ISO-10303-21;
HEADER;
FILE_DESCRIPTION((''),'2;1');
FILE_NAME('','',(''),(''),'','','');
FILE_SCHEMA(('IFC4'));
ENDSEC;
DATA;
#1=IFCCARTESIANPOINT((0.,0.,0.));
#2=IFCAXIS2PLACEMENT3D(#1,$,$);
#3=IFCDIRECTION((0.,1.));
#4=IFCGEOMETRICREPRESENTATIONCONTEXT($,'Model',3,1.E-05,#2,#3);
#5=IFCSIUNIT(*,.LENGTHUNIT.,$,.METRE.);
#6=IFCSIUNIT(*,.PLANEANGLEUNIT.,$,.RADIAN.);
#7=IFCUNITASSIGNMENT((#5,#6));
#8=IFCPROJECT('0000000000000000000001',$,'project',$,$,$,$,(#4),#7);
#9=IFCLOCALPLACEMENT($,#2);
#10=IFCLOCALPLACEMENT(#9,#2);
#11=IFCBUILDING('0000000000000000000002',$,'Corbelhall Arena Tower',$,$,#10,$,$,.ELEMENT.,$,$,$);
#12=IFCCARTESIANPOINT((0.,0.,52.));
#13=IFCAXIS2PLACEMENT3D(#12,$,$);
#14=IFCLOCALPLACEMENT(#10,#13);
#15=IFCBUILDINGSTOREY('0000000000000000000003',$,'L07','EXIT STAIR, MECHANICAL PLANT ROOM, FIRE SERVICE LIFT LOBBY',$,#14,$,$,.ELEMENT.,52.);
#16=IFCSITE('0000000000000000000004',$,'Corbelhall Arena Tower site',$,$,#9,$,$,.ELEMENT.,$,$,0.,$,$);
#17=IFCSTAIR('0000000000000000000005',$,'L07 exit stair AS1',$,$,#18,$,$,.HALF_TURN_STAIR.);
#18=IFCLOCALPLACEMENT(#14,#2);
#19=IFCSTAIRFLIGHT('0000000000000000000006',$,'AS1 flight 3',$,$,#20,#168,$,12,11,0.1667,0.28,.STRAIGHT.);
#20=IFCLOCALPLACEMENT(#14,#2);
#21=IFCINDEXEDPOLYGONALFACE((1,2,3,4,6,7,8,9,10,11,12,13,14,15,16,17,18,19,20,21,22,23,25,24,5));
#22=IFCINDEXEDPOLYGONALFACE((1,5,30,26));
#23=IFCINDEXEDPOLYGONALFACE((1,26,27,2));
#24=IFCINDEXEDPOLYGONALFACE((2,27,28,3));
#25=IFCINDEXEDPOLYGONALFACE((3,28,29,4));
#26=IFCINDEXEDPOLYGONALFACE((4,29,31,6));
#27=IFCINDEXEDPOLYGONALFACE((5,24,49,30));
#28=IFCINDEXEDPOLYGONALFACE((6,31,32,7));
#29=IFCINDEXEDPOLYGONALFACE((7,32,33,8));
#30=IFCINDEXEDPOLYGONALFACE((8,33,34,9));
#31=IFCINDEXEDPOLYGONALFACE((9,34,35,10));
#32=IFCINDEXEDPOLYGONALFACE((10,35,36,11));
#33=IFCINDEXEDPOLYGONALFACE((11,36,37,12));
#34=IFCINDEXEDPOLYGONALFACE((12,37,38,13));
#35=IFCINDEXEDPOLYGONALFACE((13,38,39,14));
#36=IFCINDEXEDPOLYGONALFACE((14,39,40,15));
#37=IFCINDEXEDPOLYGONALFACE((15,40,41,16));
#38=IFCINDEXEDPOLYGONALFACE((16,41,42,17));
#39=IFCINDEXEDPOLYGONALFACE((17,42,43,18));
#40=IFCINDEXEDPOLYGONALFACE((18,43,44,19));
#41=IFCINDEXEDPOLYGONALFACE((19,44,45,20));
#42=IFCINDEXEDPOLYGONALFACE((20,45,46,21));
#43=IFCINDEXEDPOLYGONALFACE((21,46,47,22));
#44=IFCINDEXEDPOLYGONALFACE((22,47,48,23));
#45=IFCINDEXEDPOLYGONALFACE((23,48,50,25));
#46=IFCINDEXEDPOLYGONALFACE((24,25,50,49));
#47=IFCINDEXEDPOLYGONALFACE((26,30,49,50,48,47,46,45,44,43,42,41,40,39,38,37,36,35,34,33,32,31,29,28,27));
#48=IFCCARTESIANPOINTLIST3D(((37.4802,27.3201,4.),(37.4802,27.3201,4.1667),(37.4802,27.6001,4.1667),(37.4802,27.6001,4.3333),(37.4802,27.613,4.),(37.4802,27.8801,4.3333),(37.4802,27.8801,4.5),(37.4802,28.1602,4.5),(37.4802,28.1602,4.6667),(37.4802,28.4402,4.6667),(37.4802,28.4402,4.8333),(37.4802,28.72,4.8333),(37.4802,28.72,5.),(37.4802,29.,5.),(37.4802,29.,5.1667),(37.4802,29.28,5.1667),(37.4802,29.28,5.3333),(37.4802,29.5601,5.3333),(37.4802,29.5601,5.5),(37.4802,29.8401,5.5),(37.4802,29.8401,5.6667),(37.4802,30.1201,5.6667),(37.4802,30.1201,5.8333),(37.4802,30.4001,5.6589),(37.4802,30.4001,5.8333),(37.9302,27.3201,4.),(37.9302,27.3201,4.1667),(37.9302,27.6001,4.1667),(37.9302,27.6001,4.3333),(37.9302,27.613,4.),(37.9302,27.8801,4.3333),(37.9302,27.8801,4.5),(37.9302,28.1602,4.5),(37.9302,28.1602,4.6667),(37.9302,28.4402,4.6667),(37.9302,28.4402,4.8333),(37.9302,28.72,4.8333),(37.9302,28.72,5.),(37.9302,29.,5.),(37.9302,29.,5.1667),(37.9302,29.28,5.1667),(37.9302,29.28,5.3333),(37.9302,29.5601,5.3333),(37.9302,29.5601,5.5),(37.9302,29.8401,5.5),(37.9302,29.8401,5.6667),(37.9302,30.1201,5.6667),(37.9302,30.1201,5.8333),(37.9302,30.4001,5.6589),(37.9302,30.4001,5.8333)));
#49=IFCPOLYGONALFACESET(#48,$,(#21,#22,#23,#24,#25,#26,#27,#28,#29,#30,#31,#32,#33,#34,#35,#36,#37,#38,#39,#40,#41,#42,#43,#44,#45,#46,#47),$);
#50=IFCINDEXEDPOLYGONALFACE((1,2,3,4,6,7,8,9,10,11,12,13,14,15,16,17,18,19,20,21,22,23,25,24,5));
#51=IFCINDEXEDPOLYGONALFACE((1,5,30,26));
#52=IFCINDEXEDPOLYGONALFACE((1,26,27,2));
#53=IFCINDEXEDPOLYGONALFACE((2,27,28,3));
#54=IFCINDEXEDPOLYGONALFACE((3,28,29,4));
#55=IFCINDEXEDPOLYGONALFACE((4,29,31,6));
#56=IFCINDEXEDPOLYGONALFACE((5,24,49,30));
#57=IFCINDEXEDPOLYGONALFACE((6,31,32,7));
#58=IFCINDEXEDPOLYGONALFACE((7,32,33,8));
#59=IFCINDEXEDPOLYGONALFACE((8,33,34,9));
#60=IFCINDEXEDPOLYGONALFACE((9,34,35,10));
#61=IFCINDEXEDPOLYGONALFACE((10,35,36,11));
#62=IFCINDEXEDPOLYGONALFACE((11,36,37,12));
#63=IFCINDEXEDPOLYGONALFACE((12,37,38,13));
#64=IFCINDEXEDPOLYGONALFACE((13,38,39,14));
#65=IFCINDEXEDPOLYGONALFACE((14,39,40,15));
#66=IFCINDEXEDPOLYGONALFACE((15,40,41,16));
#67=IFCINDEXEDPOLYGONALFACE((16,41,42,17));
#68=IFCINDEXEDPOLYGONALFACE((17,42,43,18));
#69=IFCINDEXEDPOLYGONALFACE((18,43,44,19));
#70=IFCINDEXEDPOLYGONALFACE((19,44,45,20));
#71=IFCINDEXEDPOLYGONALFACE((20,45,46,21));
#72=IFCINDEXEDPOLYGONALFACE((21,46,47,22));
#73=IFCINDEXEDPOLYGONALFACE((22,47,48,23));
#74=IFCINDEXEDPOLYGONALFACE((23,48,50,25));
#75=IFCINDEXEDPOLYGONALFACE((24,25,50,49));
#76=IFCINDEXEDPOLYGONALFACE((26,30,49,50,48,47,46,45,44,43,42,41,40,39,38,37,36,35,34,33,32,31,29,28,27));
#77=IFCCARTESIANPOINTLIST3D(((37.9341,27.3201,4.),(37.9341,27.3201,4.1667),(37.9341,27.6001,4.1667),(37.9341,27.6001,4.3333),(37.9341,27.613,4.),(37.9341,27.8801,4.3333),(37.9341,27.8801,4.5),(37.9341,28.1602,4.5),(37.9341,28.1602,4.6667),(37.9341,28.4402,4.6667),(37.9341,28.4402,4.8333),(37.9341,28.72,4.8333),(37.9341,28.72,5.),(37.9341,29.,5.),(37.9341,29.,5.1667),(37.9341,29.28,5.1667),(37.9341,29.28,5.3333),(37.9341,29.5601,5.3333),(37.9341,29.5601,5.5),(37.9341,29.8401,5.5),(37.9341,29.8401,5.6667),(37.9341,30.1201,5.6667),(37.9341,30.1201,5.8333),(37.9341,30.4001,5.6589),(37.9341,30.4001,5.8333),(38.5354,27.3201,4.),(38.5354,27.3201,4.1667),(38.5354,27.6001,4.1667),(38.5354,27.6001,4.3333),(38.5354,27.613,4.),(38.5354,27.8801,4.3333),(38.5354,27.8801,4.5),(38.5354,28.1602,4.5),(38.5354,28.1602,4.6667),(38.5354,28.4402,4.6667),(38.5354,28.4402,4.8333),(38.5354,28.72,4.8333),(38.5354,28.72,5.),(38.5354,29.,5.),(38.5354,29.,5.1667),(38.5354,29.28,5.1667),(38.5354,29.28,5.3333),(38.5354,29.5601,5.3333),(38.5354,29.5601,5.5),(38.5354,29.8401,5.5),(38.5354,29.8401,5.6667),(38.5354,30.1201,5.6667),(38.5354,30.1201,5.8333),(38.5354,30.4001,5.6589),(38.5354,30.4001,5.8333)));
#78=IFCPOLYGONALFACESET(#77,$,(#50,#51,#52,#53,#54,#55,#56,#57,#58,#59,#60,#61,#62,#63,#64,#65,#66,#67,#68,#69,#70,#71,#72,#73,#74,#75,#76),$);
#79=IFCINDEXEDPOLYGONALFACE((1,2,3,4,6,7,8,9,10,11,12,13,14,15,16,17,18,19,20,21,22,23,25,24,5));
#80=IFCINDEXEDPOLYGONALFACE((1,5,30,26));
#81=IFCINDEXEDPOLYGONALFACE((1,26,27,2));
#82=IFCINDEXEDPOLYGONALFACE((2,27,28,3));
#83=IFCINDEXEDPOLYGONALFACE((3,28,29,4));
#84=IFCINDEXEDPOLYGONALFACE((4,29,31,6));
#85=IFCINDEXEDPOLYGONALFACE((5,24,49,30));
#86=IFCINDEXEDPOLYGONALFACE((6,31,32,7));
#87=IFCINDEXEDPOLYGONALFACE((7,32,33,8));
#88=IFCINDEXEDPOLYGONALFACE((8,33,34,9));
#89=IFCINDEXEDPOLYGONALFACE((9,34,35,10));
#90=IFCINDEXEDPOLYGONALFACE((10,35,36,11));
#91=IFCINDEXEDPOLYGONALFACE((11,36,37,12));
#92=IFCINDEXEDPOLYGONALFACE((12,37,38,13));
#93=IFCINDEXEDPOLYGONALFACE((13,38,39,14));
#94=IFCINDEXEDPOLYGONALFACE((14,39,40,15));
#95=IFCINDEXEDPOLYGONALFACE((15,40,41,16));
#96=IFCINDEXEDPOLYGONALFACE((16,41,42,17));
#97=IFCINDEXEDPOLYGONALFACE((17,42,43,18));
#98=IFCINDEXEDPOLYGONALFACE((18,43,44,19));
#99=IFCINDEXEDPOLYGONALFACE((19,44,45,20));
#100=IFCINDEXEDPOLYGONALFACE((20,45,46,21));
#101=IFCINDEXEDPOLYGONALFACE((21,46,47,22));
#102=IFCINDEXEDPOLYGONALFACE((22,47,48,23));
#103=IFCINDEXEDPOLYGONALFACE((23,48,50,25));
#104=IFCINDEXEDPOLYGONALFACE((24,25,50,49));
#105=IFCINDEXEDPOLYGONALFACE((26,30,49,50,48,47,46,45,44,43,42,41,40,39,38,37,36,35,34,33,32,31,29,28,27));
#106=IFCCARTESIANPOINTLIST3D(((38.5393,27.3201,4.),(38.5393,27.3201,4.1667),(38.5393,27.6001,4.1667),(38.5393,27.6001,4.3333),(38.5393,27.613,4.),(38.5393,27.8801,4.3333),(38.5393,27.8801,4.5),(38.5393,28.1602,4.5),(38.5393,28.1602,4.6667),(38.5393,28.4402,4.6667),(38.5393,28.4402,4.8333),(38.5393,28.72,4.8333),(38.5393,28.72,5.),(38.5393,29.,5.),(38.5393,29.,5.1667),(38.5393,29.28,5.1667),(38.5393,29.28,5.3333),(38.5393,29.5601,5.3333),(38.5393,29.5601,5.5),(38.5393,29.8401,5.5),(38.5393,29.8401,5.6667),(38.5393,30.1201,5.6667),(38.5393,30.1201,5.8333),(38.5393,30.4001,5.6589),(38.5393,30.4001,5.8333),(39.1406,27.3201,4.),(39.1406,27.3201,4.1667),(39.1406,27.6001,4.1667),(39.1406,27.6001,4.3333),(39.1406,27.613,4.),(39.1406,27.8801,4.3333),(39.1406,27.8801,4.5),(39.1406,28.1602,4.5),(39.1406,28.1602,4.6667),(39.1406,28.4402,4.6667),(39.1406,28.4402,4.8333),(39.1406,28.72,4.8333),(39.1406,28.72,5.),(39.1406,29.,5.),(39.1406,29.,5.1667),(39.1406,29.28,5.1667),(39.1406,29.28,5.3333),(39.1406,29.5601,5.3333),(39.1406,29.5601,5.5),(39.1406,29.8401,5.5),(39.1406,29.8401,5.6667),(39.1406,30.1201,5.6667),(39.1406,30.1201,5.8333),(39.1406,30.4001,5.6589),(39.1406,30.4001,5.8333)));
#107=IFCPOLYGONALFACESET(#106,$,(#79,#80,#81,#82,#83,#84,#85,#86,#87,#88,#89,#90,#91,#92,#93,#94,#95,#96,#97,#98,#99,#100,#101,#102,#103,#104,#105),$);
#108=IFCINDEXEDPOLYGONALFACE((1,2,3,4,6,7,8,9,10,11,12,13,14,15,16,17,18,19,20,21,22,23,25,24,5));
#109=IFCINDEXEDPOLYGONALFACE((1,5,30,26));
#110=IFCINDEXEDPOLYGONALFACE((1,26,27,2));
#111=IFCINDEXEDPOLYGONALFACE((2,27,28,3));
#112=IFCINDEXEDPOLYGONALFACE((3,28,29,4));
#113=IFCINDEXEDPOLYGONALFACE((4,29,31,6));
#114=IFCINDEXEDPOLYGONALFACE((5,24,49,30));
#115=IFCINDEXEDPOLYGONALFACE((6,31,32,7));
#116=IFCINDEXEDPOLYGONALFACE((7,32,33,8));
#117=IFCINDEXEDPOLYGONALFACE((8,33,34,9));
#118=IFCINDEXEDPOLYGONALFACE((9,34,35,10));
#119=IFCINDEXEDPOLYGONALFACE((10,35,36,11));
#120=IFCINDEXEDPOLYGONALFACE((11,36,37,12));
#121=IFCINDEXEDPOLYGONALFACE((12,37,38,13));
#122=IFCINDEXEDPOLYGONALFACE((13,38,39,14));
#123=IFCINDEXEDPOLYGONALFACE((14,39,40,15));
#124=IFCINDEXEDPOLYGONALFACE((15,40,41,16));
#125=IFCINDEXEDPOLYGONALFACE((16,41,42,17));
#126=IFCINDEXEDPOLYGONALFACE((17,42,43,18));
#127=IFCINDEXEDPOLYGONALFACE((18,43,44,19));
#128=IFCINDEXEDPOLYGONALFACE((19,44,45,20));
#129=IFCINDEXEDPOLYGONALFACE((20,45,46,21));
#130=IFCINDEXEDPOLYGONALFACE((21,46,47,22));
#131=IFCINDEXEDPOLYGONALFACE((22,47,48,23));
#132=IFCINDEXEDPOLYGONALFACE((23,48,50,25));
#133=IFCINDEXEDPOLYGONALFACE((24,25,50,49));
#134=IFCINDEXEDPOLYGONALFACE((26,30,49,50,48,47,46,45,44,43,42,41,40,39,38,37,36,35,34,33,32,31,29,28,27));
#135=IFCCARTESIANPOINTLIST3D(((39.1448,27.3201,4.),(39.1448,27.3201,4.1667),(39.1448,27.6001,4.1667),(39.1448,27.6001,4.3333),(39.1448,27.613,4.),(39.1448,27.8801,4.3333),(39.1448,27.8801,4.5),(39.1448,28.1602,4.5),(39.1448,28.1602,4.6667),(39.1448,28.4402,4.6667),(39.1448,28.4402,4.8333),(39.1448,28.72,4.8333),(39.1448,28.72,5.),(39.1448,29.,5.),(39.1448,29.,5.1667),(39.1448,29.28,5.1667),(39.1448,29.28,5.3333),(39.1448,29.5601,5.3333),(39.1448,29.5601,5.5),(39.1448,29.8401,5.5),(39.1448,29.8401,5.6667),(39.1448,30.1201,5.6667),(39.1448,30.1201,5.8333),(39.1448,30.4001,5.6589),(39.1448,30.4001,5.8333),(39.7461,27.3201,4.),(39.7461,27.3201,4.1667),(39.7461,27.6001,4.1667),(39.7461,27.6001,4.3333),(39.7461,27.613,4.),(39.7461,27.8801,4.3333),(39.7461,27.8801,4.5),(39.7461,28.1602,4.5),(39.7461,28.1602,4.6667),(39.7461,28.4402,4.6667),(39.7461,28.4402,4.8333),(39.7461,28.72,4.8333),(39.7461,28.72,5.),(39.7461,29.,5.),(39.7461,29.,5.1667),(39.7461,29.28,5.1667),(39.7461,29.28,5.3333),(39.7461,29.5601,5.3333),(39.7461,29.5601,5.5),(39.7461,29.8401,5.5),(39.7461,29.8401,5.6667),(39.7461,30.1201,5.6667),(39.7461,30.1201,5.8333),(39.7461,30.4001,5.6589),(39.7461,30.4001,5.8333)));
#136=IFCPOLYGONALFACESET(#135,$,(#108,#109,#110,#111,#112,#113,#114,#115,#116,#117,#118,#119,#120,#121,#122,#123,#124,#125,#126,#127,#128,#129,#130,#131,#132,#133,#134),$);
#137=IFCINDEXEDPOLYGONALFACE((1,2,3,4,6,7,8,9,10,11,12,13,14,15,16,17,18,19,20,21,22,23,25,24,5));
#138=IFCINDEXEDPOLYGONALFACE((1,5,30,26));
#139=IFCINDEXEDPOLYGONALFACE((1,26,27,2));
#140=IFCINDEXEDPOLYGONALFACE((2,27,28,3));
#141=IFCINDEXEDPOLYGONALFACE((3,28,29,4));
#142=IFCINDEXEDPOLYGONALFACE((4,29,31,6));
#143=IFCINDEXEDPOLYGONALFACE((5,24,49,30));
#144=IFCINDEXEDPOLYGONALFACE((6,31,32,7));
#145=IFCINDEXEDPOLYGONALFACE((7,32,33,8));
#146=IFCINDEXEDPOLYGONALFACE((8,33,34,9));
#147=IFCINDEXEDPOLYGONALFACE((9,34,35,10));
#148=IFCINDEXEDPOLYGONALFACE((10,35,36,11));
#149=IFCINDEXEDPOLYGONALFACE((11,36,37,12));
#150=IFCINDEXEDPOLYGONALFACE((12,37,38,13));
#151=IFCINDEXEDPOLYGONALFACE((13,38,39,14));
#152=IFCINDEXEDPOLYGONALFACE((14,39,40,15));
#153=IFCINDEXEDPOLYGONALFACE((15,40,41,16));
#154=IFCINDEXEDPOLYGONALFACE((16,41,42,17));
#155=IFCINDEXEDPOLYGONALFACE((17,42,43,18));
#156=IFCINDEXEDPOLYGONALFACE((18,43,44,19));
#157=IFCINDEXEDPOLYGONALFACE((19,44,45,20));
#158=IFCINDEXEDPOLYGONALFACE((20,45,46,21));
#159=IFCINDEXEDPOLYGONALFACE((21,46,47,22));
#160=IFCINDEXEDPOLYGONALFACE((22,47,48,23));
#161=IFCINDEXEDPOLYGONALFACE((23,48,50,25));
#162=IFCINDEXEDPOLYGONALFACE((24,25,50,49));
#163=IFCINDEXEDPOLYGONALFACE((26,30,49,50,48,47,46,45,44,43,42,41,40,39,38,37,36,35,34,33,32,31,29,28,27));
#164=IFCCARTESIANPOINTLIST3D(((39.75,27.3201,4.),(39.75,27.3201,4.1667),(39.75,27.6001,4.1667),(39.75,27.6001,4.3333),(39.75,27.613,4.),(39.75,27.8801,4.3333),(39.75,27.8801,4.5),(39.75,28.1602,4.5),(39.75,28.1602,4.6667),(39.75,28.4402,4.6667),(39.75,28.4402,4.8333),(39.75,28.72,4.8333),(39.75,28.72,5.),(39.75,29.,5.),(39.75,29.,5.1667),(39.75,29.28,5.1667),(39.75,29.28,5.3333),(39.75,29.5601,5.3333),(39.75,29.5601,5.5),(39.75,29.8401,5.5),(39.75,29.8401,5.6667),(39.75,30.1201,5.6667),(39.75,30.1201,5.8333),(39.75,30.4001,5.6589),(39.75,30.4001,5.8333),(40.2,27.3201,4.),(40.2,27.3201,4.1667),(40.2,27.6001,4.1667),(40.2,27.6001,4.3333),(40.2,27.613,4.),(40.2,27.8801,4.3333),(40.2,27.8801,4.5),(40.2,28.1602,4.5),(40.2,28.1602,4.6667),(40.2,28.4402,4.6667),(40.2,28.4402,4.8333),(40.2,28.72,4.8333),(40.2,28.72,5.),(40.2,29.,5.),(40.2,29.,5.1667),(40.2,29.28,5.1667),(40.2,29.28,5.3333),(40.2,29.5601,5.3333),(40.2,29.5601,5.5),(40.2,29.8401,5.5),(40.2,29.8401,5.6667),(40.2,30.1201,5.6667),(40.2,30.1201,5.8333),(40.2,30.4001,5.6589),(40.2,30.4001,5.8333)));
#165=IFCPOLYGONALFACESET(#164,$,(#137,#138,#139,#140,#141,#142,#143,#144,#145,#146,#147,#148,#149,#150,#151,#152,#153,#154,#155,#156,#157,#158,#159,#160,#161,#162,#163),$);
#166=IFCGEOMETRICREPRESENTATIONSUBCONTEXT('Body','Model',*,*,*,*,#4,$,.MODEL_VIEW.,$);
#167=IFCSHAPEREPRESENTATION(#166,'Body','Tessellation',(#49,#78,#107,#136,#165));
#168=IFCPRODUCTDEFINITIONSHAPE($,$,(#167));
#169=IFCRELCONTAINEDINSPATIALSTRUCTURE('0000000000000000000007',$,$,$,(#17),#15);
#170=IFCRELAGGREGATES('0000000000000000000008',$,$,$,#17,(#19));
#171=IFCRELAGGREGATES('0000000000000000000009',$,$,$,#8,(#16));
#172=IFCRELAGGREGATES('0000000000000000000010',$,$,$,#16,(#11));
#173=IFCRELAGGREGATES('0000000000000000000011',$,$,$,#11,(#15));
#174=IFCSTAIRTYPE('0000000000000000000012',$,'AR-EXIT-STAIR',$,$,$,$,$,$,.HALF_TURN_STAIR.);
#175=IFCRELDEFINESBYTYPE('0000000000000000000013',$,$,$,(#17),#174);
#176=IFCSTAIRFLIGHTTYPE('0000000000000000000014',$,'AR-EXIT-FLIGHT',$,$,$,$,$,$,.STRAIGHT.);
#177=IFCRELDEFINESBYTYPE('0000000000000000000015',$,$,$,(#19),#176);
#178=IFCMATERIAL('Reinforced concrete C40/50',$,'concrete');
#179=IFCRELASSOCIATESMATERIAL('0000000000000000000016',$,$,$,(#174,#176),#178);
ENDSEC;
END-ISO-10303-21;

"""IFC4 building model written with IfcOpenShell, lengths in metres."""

from ifc_helpers import new_model, si_unit, direction, frame, origin, place, context, subcontext, project, spatial, polyline, outline, extrude, material, type_object, element, aggregate, save


model = new_model("IFC4")

# Units and contexts
model_context = context("Model", 3, precision=1e-05, world=origin(), true_north=direction((0.0, 1.0)))
body_context = subcontext(model_context, "Body", "Model", "MODEL_VIEW")
ifc_project = project(units=[si_unit("LENGTHUNIT", "METRE"), si_unit("PLANEANGLEUNIT", "RADIAN")], contexts=[model_context])

# Site, building, storey
site_placement = place(None, origin())
site = spatial("IfcSite", under=ifc_project, at=site_placement, Name="Corbelhall Arena Tower site", CompositionType="ELEMENT", RefElevation=0.0)
building_placement = place(site_placement, origin())
building = spatial("IfcBuilding", under=site, at=building_placement, Name="Corbelhall Arena Tower", CompositionType="ELEMENT")
storey_placement = place(building_placement, frame((0.0, 0.0, 52.0)))
storey = spatial("IfcBuildingStorey", under=building, at=storey_placement, Name="L07", Description="EXIT STAIR, MECHANICAL PLANT ROOM, FIRE SERVICE LIFT LOBBY", CompositionType="ELEMENT", Elevation=52.0)

# Shared definitions
ifc_material_1 = material(Name="Reinforced concrete C40/50", Category="concrete")

# Stair, stair flight
stair_type = type_object("IfcStairType", Name="AR-EXIT-STAIR", PredefinedType="HALF_TURN_STAIR", material=ifc_material_1)
stair_1_placement = place(storey_placement, origin())
stair_1 = element("IfcStair", 1, at=stair_1_placement, inside=storey, type_object=stair_type, Name="L07 exit stair AS1", PredefinedType="HALF_TURN_STAIR")
stair_flight_type = type_object("IfcStairFlightType", Name="AR-EXIT-FLIGHT", PredefinedType="STRAIGHT", material=ifc_material_1)
stair_flight_1_placement = place(storey_placement, frame((38.8401, 27.3201, 4.0), z_axis=(0.0, 0.0, 1.0), x_axis=(0.0, 1.0, 0.0)))
stair_flight_1 = element("IfcStairFlight", 2, at=stair_flight_1_placement, type_object=stair_flight_type, Name="AS1 flight 3", NumberOfRisers=12, NumberOfTreads=11, PredefinedType="STRAIGHT", RiserHeight=0.1667, TreadLength=0.28, context=body_context, shape_type="SweptSolid", body=[
    extrude(outline(polyline([(0.0, 0.0), (0.0, 0.1667), (0.28, 0.1667), (0.28, 0.3333), (0.5601, 0.3333), (0.5601, 0.5), (0.8401, 0.5), (0.8401, 0.6667), (1.1201, 0.6667), (1.1201, 0.8333), (1.3999, 0.8333), (1.3999, 1.0), (1.6799, 1.0), (1.6799, 1.1667), (1.96, 1.1667), (1.96, 1.3333), (2.24, 1.3333), (2.24, 1.5), (2.52, 1.5), (2.52, 1.6667), (2.8, 1.6667), (2.8, 1.8333), (3.0801, 1.8333), (3.0801, 2.0), (3.0801, 1.6589), (0.293, 0.0), (0.0, 0.0)])), frame((0.0, 1.3599, 0.0), z_axis=(0.0, -1.0, 0.0), x_axis=(1.0, 0.0, 0.0)), (0.0, 0.0, 1.0), 0.45),
    extrude(outline(polyline([(0.0, 0.0), (0.0, 0.1667), (0.28, 0.1667), (0.28, 0.3333), (0.5601, 0.3333), (0.5601, 0.5), (0.8401, 0.5), (0.8401, 0.6667), (1.1201, 0.6667), (1.1201, 0.8333), (1.3999, 0.8333), (1.3999, 1.0), (1.6799, 1.0), (1.6799, 1.1667), (1.96, 1.1667), (1.96, 1.3333), (2.24, 1.3333), (2.24, 1.5), (2.52, 1.5), (2.52, 1.6667), (2.8, 1.6667), (2.8, 1.8333), (3.0801, 1.8333), (3.0801, 2.0), (3.0801, 1.6589), (0.293, 0.0), (0.0, 0.0)])), frame((0.0, 0.906, 0.0), z_axis=(0.0, -1.0, 0.0), x_axis=(1.0, 0.0, 0.0)), (0.0, 0.0, 1.0), 0.6013),
    extrude(outline(polyline([(0.0, 0.0), (0.0, 0.1667), (0.28, 0.1667), (0.28, 0.3333), (0.5601, 0.3333), (0.5601, 0.5), (0.8401, 0.5), (0.8401, 0.6667), (1.1201, 0.6667), (1.1201, 0.8333), (1.3999, 0.8333), (1.3999, 1.0), (1.6799, 1.0), (1.6799, 1.1667), (1.96, 1.1667), (1.96, 1.3333), (2.24, 1.3333), (2.24, 1.5), (2.52, 1.5), (2.52, 1.6667), (2.8, 1.6667), (2.8, 1.8333), (3.0801, 1.8333), (3.0801, 2.0), (3.0801, 1.6589), (0.293, 0.0), (0.0, 0.0)])), frame((0.0, 0.3008, 0.0), z_axis=(0.0, -1.0, 0.0), x_axis=(1.0, 0.0, 0.0)), (0.0, 0.0, 1.0), 0.6013),
    extrude(outline(polyline([(0.0, 0.0), (0.0, 0.1667), (0.28, 0.1667), (0.28, 0.3333), (0.5601, 0.3333), (0.5601, 0.5), (0.8401, 0.5), (0.8401, 0.6667), (1.1201, 0.6667), (1.1201, 0.8333), (1.3999, 0.8333), (1.3999, 1.0), (1.6799, 1.0), (1.6799, 1.1667), (1.96, 1.1667), (1.96, 1.3333), (2.24, 1.3333), (2.24, 1.5), (2.52, 1.5), (2.52, 1.6667), (2.8, 1.6667), (2.8, 1.8333), (3.0801, 1.8333), (3.0801, 2.0), (3.0801, 1.6589), (0.293, 0.0), (0.0, 0.0)])), frame((0.0, -0.3047, 0.0), z_axis=(0.0, -1.0, 0.0), x_axis=(1.0, 0.0, 0.0)), (0.0, 0.0, 1.0), 0.6013),
    extrude(outline(polyline([(0.0, 0.0), (0.0, 0.1667), (0.28, 0.1667), (0.28, 0.3333), (0.5601, 0.3333), (0.5601, 0.5), (0.8401, 0.5), (0.8401, 0.6667), (1.1201, 0.6667), (1.1201, 0.8333), (1.3999, 0.8333), (1.3999, 1.0), (1.6799, 1.0), (1.6799, 1.1667), (1.96, 1.1667), (1.96, 1.3333), (2.24, 1.3333), (2.24, 1.5), (2.52, 1.5), (2.52, 1.6667), (2.8, 1.6667), (2.8, 1.8333), (3.0801, 1.8333), (3.0801, 2.0), (3.0801, 1.6589), (0.293, 0.0), (0.0, 0.0)])), frame((0.0, -0.9099, 0.0), z_axis=(0.0, -1.0, 0.0), x_axis=(1.0, 0.0, 0.0)), (0.0, 0.0, 1.0), 0.45),
])
aggregate(stair_1, [stair_flight_1])

save(model, "model.ifc")
